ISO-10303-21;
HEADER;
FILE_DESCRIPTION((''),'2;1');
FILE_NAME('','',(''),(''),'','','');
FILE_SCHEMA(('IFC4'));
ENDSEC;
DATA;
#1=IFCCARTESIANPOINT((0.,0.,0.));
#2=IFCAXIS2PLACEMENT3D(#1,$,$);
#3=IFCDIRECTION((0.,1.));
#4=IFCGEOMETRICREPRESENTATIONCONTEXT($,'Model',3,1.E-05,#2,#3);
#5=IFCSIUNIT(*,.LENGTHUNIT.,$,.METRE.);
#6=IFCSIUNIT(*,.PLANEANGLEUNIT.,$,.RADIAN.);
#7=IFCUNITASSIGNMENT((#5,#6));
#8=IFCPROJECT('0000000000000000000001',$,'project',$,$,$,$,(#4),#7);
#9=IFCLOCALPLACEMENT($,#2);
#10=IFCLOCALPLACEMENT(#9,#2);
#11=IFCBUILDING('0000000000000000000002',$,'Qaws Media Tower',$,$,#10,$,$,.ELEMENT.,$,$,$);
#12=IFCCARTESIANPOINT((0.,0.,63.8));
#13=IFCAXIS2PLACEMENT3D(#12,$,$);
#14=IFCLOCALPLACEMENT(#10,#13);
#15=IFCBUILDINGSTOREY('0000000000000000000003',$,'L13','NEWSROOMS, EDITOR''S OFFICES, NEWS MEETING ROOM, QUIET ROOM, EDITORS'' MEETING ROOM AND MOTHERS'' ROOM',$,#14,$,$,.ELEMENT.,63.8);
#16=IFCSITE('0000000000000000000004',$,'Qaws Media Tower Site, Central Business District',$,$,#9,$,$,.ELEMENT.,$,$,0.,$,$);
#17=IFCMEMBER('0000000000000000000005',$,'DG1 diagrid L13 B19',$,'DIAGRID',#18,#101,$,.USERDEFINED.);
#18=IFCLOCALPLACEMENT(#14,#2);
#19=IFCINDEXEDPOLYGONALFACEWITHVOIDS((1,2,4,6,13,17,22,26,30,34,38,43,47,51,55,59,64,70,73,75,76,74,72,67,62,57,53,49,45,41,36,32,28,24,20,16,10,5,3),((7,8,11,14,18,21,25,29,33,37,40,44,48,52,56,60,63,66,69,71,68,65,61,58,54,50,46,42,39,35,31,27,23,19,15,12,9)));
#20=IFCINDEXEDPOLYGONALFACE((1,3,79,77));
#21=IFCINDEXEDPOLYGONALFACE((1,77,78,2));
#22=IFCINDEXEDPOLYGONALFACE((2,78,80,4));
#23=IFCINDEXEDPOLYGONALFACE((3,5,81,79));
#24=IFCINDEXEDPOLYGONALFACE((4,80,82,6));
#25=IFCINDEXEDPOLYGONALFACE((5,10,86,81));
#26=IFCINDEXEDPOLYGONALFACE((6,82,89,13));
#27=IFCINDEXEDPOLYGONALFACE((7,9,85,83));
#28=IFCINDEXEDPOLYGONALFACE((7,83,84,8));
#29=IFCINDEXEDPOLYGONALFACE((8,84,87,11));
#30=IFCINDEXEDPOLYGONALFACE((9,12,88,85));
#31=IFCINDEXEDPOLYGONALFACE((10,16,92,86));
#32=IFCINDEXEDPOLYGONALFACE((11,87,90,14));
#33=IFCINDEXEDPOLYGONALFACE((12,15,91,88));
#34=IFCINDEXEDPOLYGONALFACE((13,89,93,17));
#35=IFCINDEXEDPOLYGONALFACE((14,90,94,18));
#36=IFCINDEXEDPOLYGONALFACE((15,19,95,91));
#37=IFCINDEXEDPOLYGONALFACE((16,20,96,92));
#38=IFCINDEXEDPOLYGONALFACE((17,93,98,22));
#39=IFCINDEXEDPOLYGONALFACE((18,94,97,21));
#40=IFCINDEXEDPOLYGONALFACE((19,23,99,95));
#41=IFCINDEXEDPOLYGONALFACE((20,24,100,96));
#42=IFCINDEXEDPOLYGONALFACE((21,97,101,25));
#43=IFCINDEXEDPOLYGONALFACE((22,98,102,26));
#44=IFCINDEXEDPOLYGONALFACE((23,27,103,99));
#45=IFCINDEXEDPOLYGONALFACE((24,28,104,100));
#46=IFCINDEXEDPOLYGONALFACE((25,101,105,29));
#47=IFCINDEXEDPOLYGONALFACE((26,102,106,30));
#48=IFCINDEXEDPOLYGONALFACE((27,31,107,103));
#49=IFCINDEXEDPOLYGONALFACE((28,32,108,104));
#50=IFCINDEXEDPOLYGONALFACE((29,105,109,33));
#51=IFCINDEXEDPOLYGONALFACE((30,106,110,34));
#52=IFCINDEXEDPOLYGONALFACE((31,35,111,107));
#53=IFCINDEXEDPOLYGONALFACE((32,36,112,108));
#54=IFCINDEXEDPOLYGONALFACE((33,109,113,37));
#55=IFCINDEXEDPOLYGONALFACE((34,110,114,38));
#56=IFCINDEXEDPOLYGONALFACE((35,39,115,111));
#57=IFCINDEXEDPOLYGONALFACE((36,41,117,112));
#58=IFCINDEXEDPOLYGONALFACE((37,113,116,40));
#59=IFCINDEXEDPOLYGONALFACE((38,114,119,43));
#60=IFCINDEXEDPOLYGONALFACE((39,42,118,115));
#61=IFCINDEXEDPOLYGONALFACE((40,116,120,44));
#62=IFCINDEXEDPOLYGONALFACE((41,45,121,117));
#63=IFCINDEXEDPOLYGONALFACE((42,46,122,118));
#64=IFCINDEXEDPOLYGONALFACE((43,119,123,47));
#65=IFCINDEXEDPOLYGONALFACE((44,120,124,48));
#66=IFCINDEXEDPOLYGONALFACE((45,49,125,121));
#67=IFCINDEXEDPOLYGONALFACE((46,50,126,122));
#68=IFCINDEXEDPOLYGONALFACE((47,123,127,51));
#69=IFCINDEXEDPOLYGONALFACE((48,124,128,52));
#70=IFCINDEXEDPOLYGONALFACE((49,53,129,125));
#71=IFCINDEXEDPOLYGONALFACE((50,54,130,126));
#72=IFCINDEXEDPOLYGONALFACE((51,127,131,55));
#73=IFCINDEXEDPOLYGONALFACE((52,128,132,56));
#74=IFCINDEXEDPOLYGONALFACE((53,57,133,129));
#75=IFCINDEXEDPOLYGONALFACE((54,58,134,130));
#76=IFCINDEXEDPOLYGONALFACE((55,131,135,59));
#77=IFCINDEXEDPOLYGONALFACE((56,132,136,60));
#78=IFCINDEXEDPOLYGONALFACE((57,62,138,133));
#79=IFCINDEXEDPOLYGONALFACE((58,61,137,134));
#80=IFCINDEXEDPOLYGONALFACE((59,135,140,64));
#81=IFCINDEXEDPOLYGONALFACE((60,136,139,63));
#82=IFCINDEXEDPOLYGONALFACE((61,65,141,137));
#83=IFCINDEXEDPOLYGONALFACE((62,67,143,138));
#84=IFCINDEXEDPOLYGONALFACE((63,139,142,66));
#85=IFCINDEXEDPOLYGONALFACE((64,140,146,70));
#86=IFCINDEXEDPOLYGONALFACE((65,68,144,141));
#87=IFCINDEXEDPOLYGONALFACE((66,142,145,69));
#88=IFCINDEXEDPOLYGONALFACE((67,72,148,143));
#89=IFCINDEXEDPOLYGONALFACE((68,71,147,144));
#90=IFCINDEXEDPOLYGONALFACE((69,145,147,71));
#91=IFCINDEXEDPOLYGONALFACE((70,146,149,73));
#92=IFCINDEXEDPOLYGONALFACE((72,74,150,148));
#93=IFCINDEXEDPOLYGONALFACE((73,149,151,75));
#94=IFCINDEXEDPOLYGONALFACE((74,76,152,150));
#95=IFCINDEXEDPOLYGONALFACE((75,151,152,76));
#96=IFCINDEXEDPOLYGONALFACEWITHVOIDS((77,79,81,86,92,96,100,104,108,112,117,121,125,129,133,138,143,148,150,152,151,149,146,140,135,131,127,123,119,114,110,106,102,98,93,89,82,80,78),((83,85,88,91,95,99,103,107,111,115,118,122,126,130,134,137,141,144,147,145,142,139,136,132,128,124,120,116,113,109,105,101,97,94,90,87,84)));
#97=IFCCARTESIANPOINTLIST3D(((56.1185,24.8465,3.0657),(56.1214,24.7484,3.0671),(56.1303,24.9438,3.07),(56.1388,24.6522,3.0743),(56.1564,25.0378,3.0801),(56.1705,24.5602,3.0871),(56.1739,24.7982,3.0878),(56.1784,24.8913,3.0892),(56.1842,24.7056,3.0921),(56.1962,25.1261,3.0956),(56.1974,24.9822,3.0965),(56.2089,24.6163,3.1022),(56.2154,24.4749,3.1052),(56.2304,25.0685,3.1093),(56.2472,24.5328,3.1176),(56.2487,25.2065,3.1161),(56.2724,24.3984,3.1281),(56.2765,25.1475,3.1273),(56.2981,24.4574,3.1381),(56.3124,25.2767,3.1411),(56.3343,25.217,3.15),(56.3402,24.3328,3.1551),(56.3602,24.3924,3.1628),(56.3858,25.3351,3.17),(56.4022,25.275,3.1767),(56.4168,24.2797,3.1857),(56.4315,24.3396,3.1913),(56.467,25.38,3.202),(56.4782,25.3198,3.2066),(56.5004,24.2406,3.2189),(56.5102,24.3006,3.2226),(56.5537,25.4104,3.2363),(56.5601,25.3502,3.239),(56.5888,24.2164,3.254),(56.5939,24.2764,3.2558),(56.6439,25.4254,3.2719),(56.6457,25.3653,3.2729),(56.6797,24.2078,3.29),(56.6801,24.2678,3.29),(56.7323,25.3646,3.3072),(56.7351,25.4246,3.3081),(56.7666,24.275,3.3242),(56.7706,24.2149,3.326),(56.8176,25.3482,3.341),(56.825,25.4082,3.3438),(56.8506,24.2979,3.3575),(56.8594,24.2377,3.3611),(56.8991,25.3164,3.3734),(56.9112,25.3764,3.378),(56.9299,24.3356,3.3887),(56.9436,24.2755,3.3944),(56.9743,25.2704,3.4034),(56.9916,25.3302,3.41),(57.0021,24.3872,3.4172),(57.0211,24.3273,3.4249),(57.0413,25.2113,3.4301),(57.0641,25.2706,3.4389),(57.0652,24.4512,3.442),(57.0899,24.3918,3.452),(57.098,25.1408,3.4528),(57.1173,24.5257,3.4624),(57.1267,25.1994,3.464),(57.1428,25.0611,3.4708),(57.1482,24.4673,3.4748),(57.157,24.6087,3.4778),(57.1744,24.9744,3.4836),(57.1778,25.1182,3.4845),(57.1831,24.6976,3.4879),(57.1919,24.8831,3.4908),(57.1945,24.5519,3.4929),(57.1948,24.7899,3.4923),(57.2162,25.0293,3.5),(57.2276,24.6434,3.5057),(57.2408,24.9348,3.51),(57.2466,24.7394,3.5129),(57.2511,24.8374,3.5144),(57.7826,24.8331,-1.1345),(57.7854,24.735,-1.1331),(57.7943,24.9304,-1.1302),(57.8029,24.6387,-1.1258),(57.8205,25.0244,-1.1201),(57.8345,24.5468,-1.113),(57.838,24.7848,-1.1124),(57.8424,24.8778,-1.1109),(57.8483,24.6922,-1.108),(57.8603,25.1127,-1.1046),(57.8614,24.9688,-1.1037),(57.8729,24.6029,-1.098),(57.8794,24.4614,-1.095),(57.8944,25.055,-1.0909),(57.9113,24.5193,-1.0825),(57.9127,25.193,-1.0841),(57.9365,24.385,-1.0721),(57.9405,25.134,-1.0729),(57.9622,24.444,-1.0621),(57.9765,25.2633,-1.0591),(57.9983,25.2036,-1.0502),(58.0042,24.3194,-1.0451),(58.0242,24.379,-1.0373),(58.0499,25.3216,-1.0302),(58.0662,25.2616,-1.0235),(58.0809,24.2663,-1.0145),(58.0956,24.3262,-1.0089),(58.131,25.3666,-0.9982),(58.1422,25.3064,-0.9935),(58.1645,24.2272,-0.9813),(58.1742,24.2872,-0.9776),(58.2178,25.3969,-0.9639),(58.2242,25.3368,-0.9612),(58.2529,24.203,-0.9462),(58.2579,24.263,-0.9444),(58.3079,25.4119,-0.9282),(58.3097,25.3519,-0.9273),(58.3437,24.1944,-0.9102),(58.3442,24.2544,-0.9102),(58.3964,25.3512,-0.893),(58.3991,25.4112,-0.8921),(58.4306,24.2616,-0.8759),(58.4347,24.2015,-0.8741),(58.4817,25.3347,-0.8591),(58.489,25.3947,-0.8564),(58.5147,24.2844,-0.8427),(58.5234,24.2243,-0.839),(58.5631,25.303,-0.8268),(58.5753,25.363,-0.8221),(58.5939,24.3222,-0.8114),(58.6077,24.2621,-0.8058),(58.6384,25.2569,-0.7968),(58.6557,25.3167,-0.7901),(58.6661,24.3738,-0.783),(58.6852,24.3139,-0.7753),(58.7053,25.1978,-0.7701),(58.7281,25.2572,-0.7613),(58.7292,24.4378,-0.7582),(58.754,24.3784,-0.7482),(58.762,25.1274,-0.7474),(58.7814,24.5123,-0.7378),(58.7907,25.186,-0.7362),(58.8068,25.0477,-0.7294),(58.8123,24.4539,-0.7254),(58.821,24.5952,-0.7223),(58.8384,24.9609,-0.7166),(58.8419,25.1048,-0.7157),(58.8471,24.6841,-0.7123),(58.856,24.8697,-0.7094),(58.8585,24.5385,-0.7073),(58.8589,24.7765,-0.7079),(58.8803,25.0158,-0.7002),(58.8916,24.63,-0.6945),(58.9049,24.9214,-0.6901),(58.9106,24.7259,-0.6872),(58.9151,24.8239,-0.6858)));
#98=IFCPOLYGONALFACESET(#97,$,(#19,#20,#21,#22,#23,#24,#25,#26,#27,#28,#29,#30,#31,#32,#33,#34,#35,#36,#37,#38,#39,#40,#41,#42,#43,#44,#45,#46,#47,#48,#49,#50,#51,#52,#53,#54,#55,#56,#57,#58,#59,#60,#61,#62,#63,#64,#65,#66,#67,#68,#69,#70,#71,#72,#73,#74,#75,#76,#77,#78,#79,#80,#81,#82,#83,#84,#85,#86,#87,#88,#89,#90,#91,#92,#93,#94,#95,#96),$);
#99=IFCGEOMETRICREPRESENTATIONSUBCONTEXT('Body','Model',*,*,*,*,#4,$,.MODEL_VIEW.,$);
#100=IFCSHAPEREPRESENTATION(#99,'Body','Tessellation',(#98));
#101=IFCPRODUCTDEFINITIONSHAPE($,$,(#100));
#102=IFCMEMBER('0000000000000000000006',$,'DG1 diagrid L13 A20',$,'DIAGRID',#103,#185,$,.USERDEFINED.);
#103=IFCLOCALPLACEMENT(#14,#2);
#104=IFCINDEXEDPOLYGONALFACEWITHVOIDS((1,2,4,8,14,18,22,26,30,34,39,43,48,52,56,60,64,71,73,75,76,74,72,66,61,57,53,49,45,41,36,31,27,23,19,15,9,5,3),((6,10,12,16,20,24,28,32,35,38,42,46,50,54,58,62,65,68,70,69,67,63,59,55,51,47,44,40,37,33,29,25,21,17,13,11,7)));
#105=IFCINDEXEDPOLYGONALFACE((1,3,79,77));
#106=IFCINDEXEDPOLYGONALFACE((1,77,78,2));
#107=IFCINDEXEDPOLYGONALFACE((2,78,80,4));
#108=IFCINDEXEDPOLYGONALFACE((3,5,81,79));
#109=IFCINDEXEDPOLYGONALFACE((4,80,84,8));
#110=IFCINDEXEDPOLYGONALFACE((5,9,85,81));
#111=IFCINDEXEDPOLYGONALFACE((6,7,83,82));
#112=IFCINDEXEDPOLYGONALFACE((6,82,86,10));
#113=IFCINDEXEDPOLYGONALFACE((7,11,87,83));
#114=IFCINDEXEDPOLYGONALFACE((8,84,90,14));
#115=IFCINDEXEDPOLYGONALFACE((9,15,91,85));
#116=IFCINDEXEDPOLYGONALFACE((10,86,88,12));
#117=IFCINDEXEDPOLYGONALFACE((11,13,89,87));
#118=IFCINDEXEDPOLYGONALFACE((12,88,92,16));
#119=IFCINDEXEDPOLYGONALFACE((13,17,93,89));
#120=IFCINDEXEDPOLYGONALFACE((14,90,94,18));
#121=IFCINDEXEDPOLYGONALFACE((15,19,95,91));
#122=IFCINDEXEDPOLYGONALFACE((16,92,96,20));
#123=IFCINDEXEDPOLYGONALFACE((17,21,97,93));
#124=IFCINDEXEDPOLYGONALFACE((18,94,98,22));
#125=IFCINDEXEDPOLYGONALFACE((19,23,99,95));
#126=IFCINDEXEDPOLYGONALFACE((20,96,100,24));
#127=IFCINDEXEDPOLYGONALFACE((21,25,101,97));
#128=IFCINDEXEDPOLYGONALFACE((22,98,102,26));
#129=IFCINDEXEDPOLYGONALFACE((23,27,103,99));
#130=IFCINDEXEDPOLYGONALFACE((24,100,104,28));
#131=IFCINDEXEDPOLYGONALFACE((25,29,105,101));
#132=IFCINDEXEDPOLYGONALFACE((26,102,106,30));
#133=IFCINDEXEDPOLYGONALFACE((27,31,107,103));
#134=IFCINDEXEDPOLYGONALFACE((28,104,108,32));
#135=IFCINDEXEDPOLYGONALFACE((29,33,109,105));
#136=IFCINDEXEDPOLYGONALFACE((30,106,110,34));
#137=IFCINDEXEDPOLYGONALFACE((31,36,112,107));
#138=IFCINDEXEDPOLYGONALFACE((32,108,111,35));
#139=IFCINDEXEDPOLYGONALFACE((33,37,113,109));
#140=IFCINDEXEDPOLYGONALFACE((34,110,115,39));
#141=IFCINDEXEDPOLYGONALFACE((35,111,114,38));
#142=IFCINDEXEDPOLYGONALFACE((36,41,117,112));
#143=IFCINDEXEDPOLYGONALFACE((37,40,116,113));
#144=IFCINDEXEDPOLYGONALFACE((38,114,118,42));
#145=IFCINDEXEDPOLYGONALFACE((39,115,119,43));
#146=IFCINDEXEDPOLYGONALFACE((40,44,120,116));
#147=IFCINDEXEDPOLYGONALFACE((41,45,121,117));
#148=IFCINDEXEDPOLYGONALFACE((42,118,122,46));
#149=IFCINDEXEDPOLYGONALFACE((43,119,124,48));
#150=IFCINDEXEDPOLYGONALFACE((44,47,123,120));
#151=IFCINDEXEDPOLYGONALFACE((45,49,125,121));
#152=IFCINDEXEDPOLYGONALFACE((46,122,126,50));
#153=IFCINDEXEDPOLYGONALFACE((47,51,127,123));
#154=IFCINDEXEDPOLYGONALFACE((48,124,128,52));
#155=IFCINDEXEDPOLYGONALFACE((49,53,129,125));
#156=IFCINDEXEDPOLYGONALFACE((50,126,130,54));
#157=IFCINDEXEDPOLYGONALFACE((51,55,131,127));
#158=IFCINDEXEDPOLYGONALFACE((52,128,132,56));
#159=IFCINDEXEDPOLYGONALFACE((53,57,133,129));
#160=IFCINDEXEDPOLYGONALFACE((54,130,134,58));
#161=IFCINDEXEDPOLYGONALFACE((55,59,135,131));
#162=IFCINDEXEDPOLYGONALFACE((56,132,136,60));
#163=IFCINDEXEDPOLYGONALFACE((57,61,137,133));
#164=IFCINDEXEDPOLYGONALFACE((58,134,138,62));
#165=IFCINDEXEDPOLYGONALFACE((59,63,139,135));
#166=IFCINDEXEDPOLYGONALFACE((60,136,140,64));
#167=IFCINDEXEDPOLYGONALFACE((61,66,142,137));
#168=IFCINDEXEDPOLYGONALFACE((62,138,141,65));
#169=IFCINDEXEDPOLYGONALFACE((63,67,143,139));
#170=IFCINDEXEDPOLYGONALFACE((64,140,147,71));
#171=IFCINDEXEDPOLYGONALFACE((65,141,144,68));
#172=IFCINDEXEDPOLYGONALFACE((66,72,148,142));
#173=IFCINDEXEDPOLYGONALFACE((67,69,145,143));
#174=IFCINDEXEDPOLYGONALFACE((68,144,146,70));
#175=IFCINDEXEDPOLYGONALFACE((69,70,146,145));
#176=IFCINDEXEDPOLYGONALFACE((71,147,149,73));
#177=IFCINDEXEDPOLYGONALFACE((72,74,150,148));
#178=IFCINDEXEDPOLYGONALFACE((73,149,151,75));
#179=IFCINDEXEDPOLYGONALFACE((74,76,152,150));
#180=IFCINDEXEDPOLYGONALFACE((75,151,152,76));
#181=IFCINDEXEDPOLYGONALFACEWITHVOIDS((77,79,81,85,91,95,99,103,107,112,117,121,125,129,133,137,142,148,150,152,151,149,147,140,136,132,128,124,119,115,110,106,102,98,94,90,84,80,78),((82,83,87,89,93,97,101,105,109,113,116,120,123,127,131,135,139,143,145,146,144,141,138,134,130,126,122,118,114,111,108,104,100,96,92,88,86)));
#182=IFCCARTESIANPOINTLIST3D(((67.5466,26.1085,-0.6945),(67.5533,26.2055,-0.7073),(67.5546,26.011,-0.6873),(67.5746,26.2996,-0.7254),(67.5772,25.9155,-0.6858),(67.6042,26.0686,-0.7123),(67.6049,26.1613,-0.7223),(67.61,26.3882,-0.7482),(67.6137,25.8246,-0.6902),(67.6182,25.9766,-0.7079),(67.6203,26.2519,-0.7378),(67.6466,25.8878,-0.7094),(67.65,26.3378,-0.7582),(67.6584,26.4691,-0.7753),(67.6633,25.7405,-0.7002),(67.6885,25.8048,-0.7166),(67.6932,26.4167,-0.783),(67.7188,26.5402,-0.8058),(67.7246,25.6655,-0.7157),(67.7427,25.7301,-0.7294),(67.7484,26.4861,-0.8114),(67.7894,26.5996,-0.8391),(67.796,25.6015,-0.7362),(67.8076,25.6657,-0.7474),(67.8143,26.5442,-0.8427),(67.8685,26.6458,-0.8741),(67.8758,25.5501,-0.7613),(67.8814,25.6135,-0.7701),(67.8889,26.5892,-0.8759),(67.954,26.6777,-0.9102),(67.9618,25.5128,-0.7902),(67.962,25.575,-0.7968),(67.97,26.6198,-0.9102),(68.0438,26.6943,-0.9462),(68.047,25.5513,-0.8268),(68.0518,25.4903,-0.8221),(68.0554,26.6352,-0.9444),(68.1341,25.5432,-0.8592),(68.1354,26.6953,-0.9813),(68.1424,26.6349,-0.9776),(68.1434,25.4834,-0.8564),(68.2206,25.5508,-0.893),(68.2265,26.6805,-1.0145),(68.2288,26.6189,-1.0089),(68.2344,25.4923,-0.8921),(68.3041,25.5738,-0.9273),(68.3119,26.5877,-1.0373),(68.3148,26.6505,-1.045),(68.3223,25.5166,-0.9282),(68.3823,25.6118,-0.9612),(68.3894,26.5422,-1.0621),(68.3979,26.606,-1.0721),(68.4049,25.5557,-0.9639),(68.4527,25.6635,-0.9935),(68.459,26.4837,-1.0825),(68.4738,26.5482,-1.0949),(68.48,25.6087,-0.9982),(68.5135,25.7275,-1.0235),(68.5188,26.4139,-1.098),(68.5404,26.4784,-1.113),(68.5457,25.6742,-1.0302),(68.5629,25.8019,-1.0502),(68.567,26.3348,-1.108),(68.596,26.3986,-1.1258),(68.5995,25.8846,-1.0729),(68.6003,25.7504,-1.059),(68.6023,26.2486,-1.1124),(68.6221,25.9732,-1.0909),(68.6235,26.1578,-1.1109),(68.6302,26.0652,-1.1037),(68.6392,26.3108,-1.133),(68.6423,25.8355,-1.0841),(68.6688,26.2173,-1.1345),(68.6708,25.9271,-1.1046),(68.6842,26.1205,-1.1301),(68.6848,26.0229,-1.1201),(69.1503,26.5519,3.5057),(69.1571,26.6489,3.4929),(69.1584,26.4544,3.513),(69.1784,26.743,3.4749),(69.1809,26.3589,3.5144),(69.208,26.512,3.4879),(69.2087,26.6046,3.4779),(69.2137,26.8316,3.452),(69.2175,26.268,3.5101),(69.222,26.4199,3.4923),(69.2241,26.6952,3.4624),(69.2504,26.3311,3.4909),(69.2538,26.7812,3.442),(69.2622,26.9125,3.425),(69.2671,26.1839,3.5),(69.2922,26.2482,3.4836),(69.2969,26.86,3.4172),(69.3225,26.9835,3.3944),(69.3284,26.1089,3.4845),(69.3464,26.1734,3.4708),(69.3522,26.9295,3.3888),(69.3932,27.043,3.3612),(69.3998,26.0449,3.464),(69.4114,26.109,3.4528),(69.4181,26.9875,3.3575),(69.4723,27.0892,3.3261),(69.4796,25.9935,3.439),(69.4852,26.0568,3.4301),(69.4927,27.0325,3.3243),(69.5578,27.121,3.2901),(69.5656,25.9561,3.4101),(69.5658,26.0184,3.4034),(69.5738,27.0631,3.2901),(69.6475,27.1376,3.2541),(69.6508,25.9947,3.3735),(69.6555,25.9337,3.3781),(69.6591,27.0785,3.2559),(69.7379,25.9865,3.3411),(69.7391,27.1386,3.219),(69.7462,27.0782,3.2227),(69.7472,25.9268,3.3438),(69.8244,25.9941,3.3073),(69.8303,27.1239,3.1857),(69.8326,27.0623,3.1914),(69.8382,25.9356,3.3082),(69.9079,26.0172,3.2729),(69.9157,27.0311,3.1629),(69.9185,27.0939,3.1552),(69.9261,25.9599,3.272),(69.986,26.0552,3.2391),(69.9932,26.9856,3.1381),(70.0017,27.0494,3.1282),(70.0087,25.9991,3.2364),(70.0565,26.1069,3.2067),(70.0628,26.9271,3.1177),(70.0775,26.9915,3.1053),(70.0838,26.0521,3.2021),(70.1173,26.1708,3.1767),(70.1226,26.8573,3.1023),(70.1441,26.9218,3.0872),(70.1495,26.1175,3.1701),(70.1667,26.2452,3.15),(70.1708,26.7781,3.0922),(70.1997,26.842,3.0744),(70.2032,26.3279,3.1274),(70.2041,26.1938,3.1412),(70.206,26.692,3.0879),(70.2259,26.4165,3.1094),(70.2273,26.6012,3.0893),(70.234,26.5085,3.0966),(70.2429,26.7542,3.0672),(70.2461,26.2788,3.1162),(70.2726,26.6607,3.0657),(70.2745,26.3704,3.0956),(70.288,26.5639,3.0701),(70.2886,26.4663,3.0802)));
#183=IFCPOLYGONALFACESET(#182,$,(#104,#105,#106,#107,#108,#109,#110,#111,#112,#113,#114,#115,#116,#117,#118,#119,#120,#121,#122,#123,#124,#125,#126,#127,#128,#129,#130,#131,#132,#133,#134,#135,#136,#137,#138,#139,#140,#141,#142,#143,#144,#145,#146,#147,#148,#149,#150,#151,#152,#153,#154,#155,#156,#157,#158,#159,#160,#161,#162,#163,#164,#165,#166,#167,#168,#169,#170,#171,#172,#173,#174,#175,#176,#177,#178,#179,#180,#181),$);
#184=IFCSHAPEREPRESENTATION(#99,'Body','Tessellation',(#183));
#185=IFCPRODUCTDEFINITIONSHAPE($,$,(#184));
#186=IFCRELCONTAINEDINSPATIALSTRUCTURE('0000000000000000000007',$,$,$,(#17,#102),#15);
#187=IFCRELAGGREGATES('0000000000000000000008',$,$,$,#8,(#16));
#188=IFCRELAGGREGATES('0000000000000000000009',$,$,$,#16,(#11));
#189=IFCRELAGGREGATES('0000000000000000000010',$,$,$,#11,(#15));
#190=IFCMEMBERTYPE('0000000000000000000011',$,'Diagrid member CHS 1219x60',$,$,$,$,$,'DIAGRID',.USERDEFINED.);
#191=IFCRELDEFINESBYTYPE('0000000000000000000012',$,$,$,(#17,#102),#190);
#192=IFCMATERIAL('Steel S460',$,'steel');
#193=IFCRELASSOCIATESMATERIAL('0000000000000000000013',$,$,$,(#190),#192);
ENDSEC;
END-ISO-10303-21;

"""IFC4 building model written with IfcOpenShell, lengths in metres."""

from ifc_helpers import new_model, si_unit, direction, frame, origin, origin_2d, place, context, subcontext, project, spatial, hollow_circle, extrude, material, material_profile, profile_set, type_object, element, save


model = new_model("IFC4")

# Units and contexts
model_context = context("Model", 3, precision=1e-05, world=origin(), true_north=direction((0.0, 1.0)))
body_context = subcontext(model_context, "Body", "Model", "MODEL_VIEW")
ifc_project = project(units=[si_unit("LENGTHUNIT", "METRE"), si_unit("PLANEANGLEUNIT", "RADIAN")], contexts=[model_context])

# Site, building, storey
site_placement = place(None, origin())
site = spatial("IfcSite", under=ifc_project, at=site_placement, Name="Qaws Media Tower Site, Central Business District", CompositionType="ELEMENT", RefElevation=0.0)
building_placement = place(site_placement, origin())
building = spatial("IfcBuilding", under=site, at=building_placement, Name="Qaws Media Tower", CompositionType="ELEMENT")
storey_placement = place(building_placement, frame((0.0, 0.0, 63.8)))
storey = spatial("IfcBuildingStorey", under=building, at=storey_placement, Name="L13", Description="NEWSROOMS, EDITOR'S OFFICES, NEWS MEETING ROOM, QUIET ROOM, EDITORS' MEETING ROOM AND MOTHERS' ROOM", CompositionType="ELEMENT", Elevation=63.8)

# Members
ifc_material_1 = material(Name="Steel S460", Category="steel")
ifc_material_profile_1 = material_profile(ifc_material_1, hollow_circle(Radius=0.6096, WallThickness=0.0601, at=origin_2d()), Name="CHS 1219x60")
ifc_profile_set_1 = profile_set([ifc_material_profile_1], Name="Steel S460")
member_type_1 = type_object("IfcMemberType", Name="Diagrid member CHS 1219x60", ElementType="DIAGRID", PredefinedType="USERDEFINED", material=ifc_profile_set_1)
for number, where, z_axis, x_axis, name in (
    (1, (58.3486, 24.804, -0.9102), (-0.368331, 0.002972, 0.92969), (-0.008069, -0.999967, 0.0), "DG1 diagrid L13 B19"),
    (2, (68.1165, 26.0901, -0.9102), (0.354989, 0.098137, 0.929705), (-0.266456, 0.963847, 0.0), "DG1 diagrid L13 A20"),
):
    element("IfcMember", number, at=place(storey_placement, frame(where, z_axis=z_axis, x_axis=x_axis)), inside=storey, type_object=member_type_1, Name=name, ObjectType="DIAGRID", PredefinedType="USERDEFINED", context=body_context, shape_type="SweptSolid", body=[
        extrude(hollow_circle(Radius=0.6096, WallThickness=0.0601, at=origin_2d()), origin(), (0.0, 0.0, 1.0), 4.5178),
    ])

save(model, "model.ifc")
